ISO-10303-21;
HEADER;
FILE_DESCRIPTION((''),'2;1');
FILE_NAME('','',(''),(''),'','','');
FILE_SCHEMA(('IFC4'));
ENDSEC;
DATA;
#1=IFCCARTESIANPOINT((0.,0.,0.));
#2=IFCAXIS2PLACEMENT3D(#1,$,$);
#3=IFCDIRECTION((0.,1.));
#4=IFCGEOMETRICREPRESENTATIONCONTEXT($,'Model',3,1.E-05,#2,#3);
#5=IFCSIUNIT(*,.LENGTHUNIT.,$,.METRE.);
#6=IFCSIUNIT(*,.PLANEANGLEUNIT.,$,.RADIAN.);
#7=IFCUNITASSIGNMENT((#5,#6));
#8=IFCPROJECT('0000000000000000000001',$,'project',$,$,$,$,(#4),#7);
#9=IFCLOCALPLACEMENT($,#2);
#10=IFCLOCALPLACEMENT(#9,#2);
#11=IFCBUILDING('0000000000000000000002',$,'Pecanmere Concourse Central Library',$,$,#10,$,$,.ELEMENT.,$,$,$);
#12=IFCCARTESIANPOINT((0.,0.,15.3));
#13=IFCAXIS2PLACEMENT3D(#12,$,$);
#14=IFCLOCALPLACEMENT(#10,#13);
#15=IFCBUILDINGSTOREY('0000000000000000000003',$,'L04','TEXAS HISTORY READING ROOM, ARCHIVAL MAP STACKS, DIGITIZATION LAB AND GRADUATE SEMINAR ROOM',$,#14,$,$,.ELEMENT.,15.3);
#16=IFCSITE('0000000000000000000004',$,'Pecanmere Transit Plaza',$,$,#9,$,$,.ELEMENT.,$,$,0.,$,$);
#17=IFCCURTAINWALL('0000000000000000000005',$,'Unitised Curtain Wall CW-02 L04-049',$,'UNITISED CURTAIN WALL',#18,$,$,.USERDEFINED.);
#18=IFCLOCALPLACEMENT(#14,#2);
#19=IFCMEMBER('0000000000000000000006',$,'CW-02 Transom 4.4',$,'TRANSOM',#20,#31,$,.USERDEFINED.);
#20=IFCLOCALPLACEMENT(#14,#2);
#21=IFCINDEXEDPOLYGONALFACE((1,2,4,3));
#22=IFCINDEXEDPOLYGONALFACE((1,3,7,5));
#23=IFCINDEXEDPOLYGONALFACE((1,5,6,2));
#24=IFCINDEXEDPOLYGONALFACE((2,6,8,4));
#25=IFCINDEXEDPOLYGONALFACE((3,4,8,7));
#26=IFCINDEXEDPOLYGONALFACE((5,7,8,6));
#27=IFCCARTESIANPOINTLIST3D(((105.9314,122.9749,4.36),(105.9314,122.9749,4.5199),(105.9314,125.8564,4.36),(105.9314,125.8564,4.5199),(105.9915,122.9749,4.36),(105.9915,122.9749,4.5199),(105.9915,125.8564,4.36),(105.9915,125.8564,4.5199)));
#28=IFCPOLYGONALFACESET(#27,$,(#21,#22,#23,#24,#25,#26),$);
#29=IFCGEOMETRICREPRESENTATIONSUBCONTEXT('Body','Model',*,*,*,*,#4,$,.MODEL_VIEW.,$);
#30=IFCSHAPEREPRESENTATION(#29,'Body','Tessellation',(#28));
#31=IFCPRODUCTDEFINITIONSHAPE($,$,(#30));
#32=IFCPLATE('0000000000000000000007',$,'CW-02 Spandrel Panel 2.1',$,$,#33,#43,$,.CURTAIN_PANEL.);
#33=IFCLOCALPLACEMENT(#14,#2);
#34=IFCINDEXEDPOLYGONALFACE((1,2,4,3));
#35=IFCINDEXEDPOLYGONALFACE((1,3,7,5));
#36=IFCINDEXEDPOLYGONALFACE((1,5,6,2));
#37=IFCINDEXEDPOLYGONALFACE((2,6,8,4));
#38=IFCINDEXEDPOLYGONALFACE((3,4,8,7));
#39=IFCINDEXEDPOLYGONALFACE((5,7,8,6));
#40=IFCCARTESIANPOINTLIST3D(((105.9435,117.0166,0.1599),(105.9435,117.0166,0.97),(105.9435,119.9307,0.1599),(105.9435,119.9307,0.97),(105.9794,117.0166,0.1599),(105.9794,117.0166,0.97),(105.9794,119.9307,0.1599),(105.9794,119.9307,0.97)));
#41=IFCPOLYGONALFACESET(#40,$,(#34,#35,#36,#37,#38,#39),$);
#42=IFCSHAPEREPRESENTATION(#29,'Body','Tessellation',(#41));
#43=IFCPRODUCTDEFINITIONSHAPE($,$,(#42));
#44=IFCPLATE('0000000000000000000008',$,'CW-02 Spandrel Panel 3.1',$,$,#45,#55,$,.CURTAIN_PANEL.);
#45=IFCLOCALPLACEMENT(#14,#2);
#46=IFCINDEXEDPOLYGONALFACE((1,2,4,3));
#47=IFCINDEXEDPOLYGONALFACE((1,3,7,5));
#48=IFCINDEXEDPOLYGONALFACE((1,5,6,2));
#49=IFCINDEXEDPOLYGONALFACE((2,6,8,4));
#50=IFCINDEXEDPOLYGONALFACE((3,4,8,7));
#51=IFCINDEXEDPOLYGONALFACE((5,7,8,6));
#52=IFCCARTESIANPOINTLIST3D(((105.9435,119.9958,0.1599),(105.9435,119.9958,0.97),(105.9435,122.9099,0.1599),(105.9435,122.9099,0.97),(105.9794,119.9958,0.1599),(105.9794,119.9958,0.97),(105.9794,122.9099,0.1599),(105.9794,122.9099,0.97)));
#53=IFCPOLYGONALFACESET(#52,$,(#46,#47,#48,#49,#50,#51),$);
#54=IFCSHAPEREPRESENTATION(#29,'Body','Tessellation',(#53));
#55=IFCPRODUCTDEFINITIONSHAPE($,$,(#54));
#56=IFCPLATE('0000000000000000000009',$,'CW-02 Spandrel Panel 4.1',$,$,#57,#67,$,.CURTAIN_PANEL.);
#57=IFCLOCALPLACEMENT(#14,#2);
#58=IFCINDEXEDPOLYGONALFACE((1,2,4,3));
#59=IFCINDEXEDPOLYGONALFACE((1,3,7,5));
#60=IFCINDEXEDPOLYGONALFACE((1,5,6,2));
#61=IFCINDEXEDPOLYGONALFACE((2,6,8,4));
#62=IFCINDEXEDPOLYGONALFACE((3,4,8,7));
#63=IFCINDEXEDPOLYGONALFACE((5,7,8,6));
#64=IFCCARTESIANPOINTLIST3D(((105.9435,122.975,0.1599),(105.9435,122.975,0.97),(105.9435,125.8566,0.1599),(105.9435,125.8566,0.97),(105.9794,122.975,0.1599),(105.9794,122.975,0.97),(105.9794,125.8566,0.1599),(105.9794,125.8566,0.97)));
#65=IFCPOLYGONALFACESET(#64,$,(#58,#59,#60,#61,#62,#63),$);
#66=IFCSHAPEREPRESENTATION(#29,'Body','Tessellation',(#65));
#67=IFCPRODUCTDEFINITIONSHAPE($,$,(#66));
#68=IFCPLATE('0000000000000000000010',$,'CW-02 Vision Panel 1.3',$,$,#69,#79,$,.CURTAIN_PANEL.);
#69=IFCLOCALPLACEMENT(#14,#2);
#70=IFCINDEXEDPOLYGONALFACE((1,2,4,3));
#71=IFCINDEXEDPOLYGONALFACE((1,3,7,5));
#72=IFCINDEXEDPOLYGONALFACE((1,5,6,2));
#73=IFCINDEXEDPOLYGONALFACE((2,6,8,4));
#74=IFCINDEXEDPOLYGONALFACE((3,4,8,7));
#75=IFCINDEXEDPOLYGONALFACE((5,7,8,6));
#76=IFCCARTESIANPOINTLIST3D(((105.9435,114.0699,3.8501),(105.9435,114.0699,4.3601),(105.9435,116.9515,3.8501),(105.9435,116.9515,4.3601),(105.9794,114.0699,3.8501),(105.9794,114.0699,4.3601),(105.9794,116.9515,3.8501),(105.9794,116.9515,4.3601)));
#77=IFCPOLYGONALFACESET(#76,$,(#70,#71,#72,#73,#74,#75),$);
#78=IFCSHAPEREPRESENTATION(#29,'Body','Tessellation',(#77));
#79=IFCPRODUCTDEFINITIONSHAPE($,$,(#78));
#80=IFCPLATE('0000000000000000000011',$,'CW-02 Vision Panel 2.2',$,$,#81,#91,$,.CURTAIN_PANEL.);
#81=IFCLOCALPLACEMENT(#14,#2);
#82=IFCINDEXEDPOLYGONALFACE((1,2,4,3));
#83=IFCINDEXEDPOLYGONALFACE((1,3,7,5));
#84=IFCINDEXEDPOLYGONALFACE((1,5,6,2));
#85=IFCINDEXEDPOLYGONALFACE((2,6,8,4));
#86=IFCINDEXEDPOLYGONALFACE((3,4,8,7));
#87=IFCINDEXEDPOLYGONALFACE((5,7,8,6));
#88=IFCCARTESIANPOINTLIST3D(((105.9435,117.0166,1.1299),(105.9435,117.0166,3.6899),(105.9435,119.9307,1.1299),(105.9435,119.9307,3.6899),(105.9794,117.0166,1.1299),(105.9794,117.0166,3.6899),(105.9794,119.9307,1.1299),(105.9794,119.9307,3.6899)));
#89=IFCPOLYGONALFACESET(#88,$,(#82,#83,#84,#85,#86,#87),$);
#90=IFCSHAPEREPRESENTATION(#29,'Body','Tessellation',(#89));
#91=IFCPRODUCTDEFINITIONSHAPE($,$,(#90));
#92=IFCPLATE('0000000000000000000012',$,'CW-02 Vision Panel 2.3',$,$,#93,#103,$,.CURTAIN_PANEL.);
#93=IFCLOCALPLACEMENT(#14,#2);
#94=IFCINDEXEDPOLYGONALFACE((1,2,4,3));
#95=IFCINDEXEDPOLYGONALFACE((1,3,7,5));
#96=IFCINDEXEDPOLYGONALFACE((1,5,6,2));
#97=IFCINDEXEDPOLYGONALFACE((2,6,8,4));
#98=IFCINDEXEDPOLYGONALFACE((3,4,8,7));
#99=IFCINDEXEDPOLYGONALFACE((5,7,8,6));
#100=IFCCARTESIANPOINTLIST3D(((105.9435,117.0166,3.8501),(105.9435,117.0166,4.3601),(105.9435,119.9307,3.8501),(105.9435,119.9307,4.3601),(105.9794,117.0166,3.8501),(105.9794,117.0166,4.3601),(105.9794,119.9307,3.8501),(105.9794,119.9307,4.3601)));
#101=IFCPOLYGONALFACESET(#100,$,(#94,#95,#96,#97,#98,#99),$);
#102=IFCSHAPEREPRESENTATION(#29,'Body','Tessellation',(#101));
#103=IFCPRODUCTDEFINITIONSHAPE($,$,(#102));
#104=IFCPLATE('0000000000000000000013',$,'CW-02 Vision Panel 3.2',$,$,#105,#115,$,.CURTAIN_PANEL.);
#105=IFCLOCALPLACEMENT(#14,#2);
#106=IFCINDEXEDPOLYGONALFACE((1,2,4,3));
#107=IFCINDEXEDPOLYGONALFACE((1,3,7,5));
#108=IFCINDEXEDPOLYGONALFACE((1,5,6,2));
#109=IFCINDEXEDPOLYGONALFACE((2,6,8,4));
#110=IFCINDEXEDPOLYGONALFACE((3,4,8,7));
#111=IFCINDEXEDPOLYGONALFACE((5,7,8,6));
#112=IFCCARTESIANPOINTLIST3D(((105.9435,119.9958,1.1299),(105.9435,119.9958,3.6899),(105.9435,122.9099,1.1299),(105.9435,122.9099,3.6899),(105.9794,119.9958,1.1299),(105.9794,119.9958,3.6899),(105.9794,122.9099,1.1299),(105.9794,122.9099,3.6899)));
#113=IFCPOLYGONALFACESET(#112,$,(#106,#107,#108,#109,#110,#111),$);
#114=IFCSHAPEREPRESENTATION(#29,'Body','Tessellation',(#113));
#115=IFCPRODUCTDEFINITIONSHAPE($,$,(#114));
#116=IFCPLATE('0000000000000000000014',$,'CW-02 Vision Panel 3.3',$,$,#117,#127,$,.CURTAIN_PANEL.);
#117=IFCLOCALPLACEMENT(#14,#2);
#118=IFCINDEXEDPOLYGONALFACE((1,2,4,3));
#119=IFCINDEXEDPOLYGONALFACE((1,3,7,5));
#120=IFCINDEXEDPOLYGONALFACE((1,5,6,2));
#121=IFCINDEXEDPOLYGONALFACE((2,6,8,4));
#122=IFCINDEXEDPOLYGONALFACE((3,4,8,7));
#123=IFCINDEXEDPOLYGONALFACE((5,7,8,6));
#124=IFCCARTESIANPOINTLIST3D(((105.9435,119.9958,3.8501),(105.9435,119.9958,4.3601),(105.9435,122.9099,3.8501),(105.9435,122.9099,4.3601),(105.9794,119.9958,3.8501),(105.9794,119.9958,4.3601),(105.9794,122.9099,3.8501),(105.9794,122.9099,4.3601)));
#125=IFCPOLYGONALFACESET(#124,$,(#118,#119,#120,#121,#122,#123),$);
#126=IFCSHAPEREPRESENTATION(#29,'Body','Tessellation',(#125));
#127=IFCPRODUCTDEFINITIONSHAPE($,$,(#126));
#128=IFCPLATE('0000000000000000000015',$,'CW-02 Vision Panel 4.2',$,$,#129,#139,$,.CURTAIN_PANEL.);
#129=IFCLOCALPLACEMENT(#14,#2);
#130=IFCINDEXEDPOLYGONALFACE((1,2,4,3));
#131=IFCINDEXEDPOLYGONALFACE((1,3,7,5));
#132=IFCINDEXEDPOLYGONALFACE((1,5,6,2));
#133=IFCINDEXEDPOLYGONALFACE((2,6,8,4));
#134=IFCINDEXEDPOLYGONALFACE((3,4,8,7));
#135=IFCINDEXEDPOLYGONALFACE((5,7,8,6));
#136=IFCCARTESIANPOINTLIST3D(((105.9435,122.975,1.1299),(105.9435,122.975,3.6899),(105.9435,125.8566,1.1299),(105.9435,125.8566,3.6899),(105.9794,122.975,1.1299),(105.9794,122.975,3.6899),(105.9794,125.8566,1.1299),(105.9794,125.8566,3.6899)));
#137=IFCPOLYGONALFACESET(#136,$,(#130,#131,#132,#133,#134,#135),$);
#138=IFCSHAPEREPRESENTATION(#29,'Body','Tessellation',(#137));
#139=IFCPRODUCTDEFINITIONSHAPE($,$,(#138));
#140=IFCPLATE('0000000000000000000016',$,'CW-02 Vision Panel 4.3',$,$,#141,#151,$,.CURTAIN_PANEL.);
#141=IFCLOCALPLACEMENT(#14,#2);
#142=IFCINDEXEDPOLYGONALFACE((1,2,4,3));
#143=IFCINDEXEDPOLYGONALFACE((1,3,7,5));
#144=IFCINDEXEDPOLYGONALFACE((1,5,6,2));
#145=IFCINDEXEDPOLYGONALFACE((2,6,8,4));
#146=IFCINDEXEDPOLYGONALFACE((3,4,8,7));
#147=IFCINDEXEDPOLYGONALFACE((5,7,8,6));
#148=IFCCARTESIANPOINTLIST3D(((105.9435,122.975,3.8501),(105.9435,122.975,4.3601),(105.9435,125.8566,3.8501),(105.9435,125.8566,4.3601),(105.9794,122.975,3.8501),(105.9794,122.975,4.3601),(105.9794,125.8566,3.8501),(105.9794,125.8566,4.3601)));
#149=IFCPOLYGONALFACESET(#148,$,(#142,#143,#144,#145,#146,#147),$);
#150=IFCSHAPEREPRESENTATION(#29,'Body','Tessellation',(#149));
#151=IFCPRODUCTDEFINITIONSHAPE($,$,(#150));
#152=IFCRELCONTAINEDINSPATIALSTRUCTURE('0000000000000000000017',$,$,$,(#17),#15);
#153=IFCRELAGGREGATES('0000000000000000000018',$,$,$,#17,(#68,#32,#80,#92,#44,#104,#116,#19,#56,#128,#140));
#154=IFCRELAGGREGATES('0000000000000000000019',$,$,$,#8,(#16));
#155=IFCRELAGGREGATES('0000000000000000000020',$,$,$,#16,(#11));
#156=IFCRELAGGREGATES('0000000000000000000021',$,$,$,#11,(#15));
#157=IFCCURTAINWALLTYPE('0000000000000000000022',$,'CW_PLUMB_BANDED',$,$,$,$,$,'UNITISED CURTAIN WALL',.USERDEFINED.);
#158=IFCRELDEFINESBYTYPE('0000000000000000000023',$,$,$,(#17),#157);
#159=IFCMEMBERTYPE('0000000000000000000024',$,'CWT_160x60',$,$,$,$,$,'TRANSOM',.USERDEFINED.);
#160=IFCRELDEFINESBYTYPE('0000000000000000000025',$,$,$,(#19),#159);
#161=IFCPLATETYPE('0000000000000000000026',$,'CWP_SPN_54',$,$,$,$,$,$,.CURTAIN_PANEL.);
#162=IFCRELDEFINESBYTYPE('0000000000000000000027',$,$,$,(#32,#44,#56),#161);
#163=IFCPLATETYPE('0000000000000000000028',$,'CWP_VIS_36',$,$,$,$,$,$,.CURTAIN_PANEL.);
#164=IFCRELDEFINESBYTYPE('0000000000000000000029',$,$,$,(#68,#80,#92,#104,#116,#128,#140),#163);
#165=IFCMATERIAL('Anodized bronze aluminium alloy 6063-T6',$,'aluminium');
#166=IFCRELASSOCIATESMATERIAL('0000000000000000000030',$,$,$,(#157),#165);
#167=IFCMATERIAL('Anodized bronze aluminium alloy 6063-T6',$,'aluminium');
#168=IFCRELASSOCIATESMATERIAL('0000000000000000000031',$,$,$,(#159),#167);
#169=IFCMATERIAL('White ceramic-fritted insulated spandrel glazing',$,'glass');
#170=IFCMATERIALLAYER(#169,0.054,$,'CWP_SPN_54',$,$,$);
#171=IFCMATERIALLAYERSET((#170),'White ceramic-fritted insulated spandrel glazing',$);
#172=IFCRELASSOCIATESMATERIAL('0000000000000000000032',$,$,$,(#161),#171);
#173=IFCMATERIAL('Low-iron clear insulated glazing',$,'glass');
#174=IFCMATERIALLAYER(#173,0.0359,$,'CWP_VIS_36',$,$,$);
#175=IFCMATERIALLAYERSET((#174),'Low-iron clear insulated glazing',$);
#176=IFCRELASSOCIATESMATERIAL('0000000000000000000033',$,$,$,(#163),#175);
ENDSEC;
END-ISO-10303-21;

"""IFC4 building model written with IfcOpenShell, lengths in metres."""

from ifc_helpers import new_model, si_unit, direction, frame, origin, origin_2d, place, context, subcontext, project, spatial, rectangle, extrude, material, layer, layer_set, material_profile, profile_set, type_object, element, aggregate, save


model = new_model("IFC4")

# Units and contexts
model_context = context("Model", 3, precision=1e-05, world=origin(), true_north=direction((0.0, 1.0)))
body_context = subcontext(model_context, "Body", "Model", "MODEL_VIEW")
ifc_project = project(units=[si_unit("LENGTHUNIT", "METRE"), si_unit("PLANEANGLEUNIT", "RADIAN")], contexts=[model_context])

# Site, building, storey
site_placement = place(None, origin())
site = spatial("IfcSite", under=ifc_project, at=site_placement, Name="Pecanmere Transit Plaza", CompositionType="ELEMENT", RefElevation=0.0)
building_placement = place(site_placement, origin())
building = spatial("IfcBuilding", under=site, at=building_placement, Name="Pecanmere Concourse Central Library", CompositionType="ELEMENT")
storey_placement = place(building_placement, frame((0.0, 0.0, 15.3)))
storey = spatial("IfcBuildingStorey", under=building, at=storey_placement, Name="L04", Description="TEXAS HISTORY READING ROOM, ARCHIVAL MAP STACKS, DIGITIZATION LAB AND GRADUATE SEMINAR ROOM", CompositionType="ELEMENT", Elevation=15.3)

# Curtain wall, member, plates
ifc_material_1 = material(Name="Anodized bronze aluminium alloy 6063-T6", Category="aluminium")
curtain_wall_type = type_object("IfcCurtainWallType", Name="CW_PLUMB_BANDED", ElementType="UNITISED CURTAIN WALL", PredefinedType="USERDEFINED", material=ifc_material_1)
curtain_wall_placement = place(storey_placement, origin())
curtain_wall = element("IfcCurtainWall", 1, at=curtain_wall_placement, inside=storey, type_object=curtain_wall_type, Name="Unitised Curtain Wall CW-02 L04-049", ObjectType="UNITISED CURTAIN WALL", PredefinedType="USERDEFINED")
ifc_material_2 = material(Name="Anodized bronze aluminium alloy 6063-T6", Category="aluminium")
ifc_material_profile_1 = material_profile(ifc_material_2, rectangle(XDim=0.0601, YDim=0.1599, at=origin_2d()), Name="AL 60x160")
ifc_profile_set_1 = profile_set([ifc_material_profile_1], Name="Anodized bronze aluminium alloy 6063-T6")
member_type_1 = type_object("IfcMemberType", Name="CWT_160x60", ElementType="TRANSOM", PredefinedType="USERDEFINED", material=ifc_profile_set_1)
member_1_placement = place(storey_placement, frame((105.9614, 122.9749, 4.4399), z_axis=(0.0, 1.0, 0.0), x_axis=(-1.0, 0.0, 0.0)))
member_1 = element("IfcMember", 2, at=member_1_placement, type_object=member_type_1, Name="CW-02 Transom 4.4", ObjectType="TRANSOM", PredefinedType="USERDEFINED", context=body_context, shape_type="SweptSolid", body=[
    extrude(rectangle(XDim=0.0601, YDim=0.1599, at=origin_2d()), origin(), (0.0, 0.0, 1.0), 2.8816),
])
ifc_material_3 = material(Name="White ceramic-fritted insulated spandrel glazing", Category="glass")
ifc_layer_1 = layer(ifc_material_3, 0.054, Name="CWP_SPN_54")
ifc_layer_set_1 = layer_set([ifc_layer_1], Name="White ceramic-fritted insulated spandrel glazing")
plate_type_1 = type_object("IfcPlateType", Name="CWP_SPN_54", PredefinedType="CURTAIN_PANEL", material=ifc_layer_set_1)
plate_1_placement = place(storey_placement, frame((105.9614, 118.4736, 0.1599), z_axis=(0.0, 0.0, 1.0), x_axis=(0.0, 1.0, 0.0)))
plate_1 = element("IfcPlate", 3, at=plate_1_placement, type_object=plate_type_1, Name="CW-02 Spandrel Panel 2.1", PredefinedType="CURTAIN_PANEL", context=body_context, shape_type="SweptSolid", body=[
    extrude(rectangle(XDim=2.9141, YDim=0.0359, at=origin_2d()), origin(), (0.0, 0.0, 1.0), 0.8101),
])
plate_2_placement = place(storey_placement, frame((105.9614, 121.4529, 0.1599), z_axis=(0.0, 0.0, 1.0), x_axis=(0.0, 1.0, 0.0)))
plate_2 = element("IfcPlate", 4, at=plate_2_placement, type_object=plate_type_1, Name="CW-02 Spandrel Panel 3.1", PredefinedType="CURTAIN_PANEL", context=body_context, shape_type="SweptSolid", body=[
    extrude(rectangle(XDim=2.9141, YDim=0.0359, at=origin_2d()), origin(), (0.0, 0.0, 1.0), 0.8101),
])
plate_3_placement = place(storey_placement, frame((105.9614, 124.4158, 0.1599), z_axis=(0.0, 0.0, 1.0), x_axis=(0.0, 1.0, 0.0)))
plate_3 = element("IfcPlate", 5, at=plate_3_placement, type_object=plate_type_1, Name="CW-02 Spandrel Panel 4.1", PredefinedType="CURTAIN_PANEL", context=body_context, shape_type="SweptSolid", body=[
    extrude(rectangle(XDim=2.8816, YDim=0.0359, at=origin_2d()), origin(), (0.0, 0.0, 1.0), 0.8101),
])
ifc_material_4 = material(Name="Low-iron clear insulated glazing", Category="glass")
ifc_layer_2 = layer(ifc_material_4, 0.0359, Name="CWP_VIS_36")
ifc_layer_set_2 = layer_set([ifc_layer_2], Name="Low-iron clear insulated glazing")
plate_type_2 = type_object("IfcPlateType", Name="CWP_VIS_36", PredefinedType="CURTAIN_PANEL", material=ifc_layer_set_2)
plate_4_placement = place(storey_placement, frame((105.9614, 115.5107, 3.8501), z_axis=(0.0, 0.0, 1.0), x_axis=(0.0, 1.0, 0.0)))
plate_4 = element("IfcPlate", 6, at=plate_4_placement, type_object=plate_type_2, Name="CW-02 Vision Panel 1.3", PredefinedType="CURTAIN_PANEL", context=body_context, shape_type="SweptSolid", body=[
    extrude(rectangle(XDim=2.8816, YDim=0.0359, at=origin_2d()), origin(), (0.0, 0.0, 1.0), 0.51),
])
plate_5_placement = place(storey_placement, frame((105.9614, 118.4736, 1.1299), z_axis=(0.0, 0.0, 1.0), x_axis=(0.0, 1.0, 0.0)))
plate_5 = element("IfcPlate", 7, at=plate_5_placement, type_object=plate_type_2, Name="CW-02 Vision Panel 2.2", PredefinedType="CURTAIN_PANEL", context=body_context, shape_type="SweptSolid", body=[
    extrude(rectangle(XDim=2.9141, YDim=0.0359, at=origin_2d()), origin(), (0.0, 0.0, 1.0), 2.5601),
])
plate_6_placement = place(storey_placement, frame((105.9614, 118.4736, 3.8501), z_axis=(0.0, 0.0, 1.0), x_axis=(0.0, 1.0, 0.0)))
plate_6 = element("IfcPlate", 8, at=plate_6_placement, type_object=plate_type_2, Name="CW-02 Vision Panel 2.3", PredefinedType="CURTAIN_PANEL", context=body_context, shape_type="SweptSolid", body=[
    extrude(rectangle(XDim=2.9141, YDim=0.0359, at=origin_2d()), origin(), (0.0, 0.0, 1.0), 0.51),
])
plate_7_placement = place(storey_placement, frame((105.9614, 121.4529, 1.1299), z_axis=(0.0, 0.0, 1.0), x_axis=(0.0, 1.0, 0.0)))
plate_7 = element("IfcPlate", 9, at=plate_7_placement, type_object=plate_type_2, Name="CW-02 Vision Panel 3.2", PredefinedType="CURTAIN_PANEL", context=body_context, shape_type="SweptSolid", body=[
    extrude(rectangle(XDim=2.9141, YDim=0.0359, at=origin_2d()), origin(), (0.0, 0.0, 1.0), 2.5601),
])
plate_8_placement = place(storey_placement, frame((105.9614, 121.4529, 3.8501), z_axis=(0.0, 0.0, 1.0), x_axis=(0.0, 1.0, 0.0)))
plate_8 = element("IfcPlate", 10, at=plate_8_placement, type_object=plate_type_2, Name="CW-02 Vision Panel 3.3", PredefinedType="CURTAIN_PANEL", context=body_context, shape_type="SweptSolid", body=[
    extrude(rectangle(XDim=2.9141, YDim=0.0359, at=origin_2d()), origin(), (0.0, 0.0, 1.0), 0.51),
])
plate_9_placement = place(storey_placement, frame((105.9614, 124.4158, 1.1299), z_axis=(0.0, 0.0, 1.0), x_axis=(0.0, 1.0, 0.0)))
plate_9 = element("IfcPlate", 11, at=plate_9_placement, type_object=plate_type_2, Name="CW-02 Vision Panel 4.2", PredefinedType="CURTAIN_PANEL", context=body_context, shape_type="SweptSolid", body=[
    extrude(rectangle(XDim=2.8816, YDim=0.0359, at=origin_2d()), origin(), (0.0, 0.0, 1.0), 2.5601),
])
plate_10_placement = place(storey_placement, frame((105.9614, 124.4158, 3.8501), z_axis=(0.0, 0.0, 1.0), x_axis=(0.0, 1.0, 0.0)))
plate_10 = element("IfcPlate", 12, at=plate_10_placement, type_object=plate_type_2, Name="CW-02 Vision Panel 4.3", PredefinedType="CURTAIN_PANEL", context=body_context, shape_type="SweptSolid", body=[
    extrude(rectangle(XDim=2.8816, YDim=0.0359, at=origin_2d()), origin(), (0.0, 0.0, 1.0), 0.51),
])
aggregate(curtain_wall, [plate_4, plate_1, plate_5, plate_6, plate_2, plate_7, plate_8, member_1, plate_3, plate_9, plate_10])

save(model, "model.ifc")
